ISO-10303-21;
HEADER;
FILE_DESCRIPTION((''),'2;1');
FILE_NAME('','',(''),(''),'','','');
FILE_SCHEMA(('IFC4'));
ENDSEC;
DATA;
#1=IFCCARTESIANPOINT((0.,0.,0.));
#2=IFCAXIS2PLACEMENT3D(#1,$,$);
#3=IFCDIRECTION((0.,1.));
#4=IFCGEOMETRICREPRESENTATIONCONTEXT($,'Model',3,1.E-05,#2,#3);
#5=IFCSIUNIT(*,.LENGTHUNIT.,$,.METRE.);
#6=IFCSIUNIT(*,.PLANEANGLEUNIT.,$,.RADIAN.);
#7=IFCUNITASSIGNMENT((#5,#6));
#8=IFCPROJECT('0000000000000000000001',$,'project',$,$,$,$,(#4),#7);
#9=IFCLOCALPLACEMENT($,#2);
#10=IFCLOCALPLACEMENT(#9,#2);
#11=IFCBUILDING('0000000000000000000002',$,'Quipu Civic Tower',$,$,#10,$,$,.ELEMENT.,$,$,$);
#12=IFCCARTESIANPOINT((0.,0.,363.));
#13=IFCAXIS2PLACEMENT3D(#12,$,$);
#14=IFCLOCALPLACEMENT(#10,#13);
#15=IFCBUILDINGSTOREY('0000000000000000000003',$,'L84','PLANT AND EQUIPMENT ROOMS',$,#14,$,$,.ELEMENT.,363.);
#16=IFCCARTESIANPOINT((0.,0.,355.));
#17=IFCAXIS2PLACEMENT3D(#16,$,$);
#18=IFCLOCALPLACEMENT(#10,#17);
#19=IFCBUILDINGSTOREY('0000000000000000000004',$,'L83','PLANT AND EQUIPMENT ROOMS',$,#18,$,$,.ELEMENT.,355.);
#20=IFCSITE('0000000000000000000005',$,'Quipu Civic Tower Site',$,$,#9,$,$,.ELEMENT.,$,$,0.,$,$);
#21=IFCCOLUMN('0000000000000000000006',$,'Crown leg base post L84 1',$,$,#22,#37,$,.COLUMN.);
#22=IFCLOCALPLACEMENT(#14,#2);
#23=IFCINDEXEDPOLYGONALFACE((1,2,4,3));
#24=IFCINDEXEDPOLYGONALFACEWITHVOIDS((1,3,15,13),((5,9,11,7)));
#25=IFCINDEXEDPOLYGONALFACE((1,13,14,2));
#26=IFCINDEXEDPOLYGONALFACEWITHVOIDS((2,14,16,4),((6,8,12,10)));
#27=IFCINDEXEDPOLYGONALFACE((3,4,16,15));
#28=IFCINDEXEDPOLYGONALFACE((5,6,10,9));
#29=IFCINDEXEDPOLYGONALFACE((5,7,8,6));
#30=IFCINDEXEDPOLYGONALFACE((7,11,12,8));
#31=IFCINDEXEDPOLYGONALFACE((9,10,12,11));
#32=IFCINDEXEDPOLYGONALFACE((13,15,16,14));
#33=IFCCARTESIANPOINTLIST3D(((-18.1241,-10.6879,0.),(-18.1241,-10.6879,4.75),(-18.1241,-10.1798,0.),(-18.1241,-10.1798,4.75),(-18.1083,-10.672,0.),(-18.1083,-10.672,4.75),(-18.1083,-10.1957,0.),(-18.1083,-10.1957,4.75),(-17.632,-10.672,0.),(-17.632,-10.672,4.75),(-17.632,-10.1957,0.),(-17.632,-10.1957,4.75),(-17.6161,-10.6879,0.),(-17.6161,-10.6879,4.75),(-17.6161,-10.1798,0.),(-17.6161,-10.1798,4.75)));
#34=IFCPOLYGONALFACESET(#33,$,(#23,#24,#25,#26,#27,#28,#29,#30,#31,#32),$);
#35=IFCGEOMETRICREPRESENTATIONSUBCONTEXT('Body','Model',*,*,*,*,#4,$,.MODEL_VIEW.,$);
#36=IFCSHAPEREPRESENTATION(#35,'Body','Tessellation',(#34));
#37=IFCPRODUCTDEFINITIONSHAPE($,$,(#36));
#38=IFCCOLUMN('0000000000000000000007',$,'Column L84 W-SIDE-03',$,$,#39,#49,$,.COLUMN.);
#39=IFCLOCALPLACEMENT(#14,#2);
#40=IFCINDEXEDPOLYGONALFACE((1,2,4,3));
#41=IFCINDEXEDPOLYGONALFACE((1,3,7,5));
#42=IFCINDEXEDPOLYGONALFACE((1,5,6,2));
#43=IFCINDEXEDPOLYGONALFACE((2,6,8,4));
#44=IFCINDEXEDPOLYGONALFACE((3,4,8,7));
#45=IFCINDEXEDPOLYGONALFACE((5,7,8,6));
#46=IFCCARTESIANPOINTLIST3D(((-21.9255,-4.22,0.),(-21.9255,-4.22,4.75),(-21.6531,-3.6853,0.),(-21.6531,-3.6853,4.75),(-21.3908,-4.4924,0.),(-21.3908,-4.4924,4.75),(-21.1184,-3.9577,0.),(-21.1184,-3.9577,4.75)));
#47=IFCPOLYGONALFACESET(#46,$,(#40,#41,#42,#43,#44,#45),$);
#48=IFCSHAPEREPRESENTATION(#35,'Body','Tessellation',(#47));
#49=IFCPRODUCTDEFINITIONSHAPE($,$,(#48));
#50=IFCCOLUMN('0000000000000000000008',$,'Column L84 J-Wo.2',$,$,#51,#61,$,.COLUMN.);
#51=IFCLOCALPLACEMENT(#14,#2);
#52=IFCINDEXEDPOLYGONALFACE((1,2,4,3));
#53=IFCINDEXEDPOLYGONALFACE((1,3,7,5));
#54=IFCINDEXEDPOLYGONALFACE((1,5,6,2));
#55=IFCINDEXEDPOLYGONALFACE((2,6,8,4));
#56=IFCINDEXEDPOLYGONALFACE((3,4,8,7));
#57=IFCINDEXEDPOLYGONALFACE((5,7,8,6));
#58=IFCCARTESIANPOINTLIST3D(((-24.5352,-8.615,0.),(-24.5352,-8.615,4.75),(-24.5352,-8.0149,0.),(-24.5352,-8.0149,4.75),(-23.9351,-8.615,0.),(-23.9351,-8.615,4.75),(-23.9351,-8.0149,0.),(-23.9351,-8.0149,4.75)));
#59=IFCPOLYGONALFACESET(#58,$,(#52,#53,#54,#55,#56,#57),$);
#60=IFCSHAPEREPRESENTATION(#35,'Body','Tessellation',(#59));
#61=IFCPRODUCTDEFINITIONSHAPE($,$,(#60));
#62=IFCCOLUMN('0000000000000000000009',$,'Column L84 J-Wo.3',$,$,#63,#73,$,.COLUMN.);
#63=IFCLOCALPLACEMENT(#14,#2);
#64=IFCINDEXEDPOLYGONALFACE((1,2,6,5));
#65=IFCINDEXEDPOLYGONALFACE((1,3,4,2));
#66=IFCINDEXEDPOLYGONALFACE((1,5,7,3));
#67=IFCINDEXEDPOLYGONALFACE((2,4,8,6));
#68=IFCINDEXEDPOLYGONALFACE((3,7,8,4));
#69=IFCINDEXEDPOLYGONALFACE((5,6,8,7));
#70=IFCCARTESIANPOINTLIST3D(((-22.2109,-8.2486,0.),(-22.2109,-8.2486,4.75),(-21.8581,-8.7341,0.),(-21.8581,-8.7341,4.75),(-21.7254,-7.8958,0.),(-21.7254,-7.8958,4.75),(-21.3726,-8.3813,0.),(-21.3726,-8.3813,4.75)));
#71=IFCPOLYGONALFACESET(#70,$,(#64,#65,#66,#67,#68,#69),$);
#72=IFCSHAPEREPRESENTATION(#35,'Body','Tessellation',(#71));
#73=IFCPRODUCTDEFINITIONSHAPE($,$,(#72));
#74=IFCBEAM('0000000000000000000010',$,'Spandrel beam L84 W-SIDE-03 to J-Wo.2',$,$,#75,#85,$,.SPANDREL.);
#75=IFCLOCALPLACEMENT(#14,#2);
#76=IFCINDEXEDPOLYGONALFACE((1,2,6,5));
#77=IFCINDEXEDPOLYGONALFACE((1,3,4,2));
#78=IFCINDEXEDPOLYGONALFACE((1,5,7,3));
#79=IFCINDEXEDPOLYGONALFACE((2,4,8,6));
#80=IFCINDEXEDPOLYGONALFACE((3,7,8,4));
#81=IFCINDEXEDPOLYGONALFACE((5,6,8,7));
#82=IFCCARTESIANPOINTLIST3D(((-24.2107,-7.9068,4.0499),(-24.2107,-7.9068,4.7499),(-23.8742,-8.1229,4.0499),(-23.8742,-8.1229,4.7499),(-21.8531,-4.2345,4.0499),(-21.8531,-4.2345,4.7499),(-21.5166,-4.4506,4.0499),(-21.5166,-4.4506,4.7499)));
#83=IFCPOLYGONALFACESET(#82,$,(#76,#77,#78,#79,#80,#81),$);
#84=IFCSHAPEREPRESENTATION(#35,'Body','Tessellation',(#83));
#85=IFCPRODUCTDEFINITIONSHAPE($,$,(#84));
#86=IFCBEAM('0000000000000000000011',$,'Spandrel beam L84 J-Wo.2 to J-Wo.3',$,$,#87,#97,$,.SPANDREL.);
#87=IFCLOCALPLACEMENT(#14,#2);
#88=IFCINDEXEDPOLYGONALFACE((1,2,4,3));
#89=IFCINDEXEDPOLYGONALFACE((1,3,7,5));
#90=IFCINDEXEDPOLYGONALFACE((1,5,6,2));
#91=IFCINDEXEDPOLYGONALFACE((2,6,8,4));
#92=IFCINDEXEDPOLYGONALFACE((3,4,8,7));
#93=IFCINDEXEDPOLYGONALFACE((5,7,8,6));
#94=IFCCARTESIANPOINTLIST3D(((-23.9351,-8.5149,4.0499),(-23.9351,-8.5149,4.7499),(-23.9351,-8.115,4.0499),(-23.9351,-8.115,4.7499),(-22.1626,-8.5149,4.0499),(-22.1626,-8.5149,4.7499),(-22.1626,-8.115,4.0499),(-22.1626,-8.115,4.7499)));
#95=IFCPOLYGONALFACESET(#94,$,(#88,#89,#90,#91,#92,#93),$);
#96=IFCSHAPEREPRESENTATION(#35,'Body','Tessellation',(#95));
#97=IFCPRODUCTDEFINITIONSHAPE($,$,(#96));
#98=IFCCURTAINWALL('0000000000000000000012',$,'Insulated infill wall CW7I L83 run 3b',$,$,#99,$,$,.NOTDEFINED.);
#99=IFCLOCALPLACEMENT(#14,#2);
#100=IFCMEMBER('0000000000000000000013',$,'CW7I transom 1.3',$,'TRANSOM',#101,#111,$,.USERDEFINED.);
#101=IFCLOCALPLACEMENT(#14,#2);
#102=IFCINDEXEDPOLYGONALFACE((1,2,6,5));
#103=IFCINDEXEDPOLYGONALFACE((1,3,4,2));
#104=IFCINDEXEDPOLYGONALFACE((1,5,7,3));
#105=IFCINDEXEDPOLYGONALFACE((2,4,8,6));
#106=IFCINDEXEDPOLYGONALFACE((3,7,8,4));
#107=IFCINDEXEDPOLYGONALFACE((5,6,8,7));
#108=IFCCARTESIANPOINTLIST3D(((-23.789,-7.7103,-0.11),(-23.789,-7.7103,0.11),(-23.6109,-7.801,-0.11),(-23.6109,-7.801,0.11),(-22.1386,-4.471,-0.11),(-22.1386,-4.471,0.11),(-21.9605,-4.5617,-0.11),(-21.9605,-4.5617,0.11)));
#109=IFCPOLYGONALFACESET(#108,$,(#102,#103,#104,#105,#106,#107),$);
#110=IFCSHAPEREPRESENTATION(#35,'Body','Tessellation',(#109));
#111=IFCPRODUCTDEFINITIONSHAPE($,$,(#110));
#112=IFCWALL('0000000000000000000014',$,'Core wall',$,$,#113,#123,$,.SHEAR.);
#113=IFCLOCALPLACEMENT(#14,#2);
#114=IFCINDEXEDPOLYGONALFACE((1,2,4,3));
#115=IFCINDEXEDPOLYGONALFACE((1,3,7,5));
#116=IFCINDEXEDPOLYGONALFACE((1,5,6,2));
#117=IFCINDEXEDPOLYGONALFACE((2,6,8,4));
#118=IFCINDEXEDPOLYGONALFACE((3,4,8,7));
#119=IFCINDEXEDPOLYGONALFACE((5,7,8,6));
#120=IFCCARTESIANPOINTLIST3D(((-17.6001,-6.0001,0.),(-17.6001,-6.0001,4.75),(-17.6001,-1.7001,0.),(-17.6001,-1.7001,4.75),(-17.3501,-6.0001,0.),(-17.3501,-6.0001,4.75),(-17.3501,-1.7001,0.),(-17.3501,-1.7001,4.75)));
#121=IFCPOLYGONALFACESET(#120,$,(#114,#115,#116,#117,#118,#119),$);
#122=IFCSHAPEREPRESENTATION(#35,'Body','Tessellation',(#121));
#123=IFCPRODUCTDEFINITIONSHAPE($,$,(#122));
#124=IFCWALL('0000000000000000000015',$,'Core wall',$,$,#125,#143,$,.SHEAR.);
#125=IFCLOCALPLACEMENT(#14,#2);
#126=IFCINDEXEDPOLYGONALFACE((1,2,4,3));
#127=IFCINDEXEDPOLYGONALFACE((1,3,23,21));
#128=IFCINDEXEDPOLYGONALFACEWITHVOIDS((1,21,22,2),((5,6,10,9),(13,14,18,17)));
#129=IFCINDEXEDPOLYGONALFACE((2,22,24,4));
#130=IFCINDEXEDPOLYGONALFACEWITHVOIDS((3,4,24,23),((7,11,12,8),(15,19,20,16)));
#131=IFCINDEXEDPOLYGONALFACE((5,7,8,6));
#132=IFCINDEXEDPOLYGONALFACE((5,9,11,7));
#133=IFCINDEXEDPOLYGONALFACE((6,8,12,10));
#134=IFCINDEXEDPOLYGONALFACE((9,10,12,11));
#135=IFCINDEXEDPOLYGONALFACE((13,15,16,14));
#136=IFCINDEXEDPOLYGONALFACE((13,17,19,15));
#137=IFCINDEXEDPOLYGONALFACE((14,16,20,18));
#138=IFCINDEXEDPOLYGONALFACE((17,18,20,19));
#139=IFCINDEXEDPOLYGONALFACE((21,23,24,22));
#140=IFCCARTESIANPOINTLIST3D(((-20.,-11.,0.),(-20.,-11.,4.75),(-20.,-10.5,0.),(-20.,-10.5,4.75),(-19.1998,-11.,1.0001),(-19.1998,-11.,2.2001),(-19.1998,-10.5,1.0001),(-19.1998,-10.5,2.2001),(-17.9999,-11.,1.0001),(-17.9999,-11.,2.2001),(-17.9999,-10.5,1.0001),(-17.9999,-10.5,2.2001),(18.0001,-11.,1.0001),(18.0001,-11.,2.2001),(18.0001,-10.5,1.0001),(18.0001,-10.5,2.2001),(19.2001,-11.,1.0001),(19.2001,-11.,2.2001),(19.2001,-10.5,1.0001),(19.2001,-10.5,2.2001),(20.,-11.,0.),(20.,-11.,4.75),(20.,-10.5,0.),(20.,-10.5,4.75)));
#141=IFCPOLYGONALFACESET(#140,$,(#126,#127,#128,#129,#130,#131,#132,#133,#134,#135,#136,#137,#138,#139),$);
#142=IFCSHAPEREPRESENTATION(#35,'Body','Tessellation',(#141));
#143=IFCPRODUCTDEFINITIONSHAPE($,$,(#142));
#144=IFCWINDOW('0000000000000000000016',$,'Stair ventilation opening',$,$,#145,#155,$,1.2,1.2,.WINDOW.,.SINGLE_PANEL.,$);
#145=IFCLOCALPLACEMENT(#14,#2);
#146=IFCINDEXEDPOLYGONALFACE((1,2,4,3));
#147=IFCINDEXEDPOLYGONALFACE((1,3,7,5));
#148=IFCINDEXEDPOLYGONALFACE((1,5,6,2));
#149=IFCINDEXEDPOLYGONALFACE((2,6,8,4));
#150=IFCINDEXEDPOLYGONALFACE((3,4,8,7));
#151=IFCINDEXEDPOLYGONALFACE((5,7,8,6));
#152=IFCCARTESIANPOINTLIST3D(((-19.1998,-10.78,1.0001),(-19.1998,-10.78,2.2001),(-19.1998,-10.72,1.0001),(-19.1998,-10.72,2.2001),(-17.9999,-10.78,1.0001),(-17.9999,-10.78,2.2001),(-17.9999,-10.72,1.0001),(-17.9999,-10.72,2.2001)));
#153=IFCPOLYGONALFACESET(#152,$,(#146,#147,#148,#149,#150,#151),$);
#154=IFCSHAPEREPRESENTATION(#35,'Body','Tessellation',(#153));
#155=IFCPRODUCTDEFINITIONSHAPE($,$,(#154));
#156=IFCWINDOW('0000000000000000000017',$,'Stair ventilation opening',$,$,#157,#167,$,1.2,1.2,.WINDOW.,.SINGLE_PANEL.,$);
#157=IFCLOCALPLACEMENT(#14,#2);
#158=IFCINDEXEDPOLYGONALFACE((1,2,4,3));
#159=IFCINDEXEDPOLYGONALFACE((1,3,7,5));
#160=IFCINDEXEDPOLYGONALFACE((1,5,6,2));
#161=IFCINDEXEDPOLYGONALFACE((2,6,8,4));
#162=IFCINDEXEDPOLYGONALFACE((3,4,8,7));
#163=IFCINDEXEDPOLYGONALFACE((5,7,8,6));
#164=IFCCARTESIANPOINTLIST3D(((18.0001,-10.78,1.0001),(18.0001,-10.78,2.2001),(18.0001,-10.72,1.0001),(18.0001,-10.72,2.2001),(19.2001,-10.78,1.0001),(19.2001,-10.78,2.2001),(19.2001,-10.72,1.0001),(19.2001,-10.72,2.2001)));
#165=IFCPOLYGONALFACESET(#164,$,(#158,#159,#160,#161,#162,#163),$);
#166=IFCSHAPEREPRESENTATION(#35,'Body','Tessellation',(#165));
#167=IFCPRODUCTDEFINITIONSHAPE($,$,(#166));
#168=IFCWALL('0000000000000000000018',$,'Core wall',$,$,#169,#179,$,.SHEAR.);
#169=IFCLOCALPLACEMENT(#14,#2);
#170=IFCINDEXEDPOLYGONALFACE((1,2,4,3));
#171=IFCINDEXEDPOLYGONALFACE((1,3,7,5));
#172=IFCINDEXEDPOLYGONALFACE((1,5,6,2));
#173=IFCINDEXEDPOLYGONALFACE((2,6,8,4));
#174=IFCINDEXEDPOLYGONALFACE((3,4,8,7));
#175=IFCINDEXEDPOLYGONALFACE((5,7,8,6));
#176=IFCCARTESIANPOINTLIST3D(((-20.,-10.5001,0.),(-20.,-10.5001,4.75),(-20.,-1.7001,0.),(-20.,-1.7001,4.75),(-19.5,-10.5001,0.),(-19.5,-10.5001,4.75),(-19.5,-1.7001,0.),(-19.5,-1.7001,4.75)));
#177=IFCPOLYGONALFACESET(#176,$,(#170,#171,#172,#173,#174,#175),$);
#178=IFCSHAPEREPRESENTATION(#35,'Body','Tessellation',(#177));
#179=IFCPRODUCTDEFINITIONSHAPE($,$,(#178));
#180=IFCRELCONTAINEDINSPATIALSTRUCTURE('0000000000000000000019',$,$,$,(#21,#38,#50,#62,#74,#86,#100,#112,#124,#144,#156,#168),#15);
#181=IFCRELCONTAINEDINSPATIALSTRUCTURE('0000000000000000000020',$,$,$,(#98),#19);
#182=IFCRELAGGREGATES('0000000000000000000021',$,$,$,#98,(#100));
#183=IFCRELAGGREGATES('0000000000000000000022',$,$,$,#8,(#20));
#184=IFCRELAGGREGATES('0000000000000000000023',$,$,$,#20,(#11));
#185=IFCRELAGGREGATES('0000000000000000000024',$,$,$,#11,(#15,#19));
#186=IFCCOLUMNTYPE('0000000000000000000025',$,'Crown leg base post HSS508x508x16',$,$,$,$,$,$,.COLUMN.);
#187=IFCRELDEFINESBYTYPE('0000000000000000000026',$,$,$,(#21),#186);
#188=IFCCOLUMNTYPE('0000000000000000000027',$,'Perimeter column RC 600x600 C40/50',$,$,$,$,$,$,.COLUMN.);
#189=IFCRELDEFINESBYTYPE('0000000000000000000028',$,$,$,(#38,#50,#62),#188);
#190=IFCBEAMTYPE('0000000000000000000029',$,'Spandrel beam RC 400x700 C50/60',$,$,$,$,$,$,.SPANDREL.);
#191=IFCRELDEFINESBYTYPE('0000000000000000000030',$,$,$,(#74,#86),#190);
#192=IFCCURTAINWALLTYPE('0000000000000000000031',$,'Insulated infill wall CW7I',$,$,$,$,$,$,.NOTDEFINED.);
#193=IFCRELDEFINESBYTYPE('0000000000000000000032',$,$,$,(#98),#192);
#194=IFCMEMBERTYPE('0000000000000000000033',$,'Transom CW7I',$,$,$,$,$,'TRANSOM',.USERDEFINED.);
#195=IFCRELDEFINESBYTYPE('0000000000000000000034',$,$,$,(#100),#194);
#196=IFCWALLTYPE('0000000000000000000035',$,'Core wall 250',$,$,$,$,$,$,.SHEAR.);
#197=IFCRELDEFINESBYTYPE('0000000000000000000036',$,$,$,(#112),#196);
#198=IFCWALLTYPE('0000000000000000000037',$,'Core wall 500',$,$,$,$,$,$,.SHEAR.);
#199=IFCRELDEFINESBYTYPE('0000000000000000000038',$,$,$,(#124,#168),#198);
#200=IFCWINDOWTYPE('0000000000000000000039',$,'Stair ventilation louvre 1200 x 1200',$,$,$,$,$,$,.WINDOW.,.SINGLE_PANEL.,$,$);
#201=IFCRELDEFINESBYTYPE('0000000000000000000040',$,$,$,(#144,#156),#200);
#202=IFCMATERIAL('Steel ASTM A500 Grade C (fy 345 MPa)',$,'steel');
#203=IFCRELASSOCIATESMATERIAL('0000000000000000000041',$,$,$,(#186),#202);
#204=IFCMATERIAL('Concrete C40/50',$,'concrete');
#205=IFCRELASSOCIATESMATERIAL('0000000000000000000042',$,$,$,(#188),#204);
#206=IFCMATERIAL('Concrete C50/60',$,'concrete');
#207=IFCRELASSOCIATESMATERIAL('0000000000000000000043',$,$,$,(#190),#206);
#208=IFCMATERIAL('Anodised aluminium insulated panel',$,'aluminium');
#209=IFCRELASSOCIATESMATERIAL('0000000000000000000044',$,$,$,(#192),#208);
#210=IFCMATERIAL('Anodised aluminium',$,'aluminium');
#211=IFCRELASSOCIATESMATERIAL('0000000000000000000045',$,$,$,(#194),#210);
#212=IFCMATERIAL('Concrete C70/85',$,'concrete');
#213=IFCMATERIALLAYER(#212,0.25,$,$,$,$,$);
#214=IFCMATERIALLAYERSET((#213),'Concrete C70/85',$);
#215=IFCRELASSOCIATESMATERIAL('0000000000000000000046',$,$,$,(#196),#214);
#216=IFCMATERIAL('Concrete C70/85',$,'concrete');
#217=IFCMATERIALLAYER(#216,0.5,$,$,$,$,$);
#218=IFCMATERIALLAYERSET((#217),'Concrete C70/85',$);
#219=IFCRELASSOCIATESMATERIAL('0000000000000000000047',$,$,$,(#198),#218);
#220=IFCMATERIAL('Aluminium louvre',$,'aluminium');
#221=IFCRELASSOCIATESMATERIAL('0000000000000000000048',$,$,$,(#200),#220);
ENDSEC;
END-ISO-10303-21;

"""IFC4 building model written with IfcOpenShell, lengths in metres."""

from ifc_helpers import new_model, si_unit, direction, frame, frame_2d, origin, origin_2d, place, context, subcontext, project, spatial, rectangle, hollow_rectangle, extrude, material, layer, layer_set, material_profile, profile_set, type_object, element, fill, aggregate, save


model = new_model("IFC4")

# Units and contexts
model_context = context("Model", 3, precision=1e-05, world=origin(), true_north=direction((0.0, 1.0)))
body_context = subcontext(model_context, "Body", "Model", "MODEL_VIEW")
ifc_project = project(units=[si_unit("LENGTHUNIT", "METRE"), si_unit("PLANEANGLEUNIT", "RADIAN")], contexts=[model_context])

# Site, building, storey
site_placement = place(None, origin())
site = spatial("IfcSite", under=ifc_project, at=site_placement, Name="Quipu Civic Tower Site", CompositionType="ELEMENT", RefElevation=0.0)
building_placement = place(site_placement, origin())
building = spatial("IfcBuilding", under=site, at=building_placement, Name="Quipu Civic Tower", CompositionType="ELEMENT")
storey_1_placement = place(building_placement, frame((0.0, 0.0, 363.0)))
storey_1 = spatial("IfcBuildingStorey", under=building, at=storey_1_placement, Name="L84", Description="PLANT AND EQUIPMENT ROOMS", CompositionType="ELEMENT", Elevation=363.0)

# Columns
ifc_material_1 = material(Name="Steel ASTM A500 Grade C (fy 345 MPa)", Category="steel")
ifc_material_profile_1 = material_profile(ifc_material_1, hollow_rectangle(XDim=0.5081, YDim=0.5081, WallThickness=0.0159, at=origin_2d()), Name="HSS508x508x16")
ifc_profile_set_1 = profile_set([ifc_material_profile_1], Name="Steel ASTM A500 Grade C (fy 345 MPa)")
column_type_1 = type_object("IfcColumnType", Name="Crown leg base post HSS508x508x16", PredefinedType="COLUMN", material=ifc_profile_set_1)
column_placement = place(storey_1_placement, frame((-17.8701, -10.4338, 0.0), z_axis=(0.0, 0.0, 1.0), x_axis=(1.0, 0.0, 0.0)))
element("IfcColumn", 1, at=column_placement, inside=storey_1, type_object=column_type_1, Name="Crown leg base post L84 1", PredefinedType="COLUMN", context=body_context, shape_type="SweptSolid", body=[
    extrude(hollow_rectangle(XDim=0.5081, YDim=0.5081, WallThickness=0.0159, at=origin_2d()), origin(), (0.0, 0.0, 1.0), 4.75),
])
ifc_material_2 = material(Name="Concrete C40/50", Category="concrete")
ifc_material_profile_2 = material_profile(ifc_material_2, rectangle(XDim=0.6001, YDim=0.6001, at=origin_2d()), Name="RC600x600")
ifc_profile_set_2 = profile_set([ifc_material_profile_2], Name="Concrete C40/50")
column_type_2 = type_object("IfcColumnType", Name="Perimeter column RC 600x600 C40/50", PredefinedType="COLUMN", material=ifc_profile_set_2)
for number, where, z_axis, x_axis, name in (
    (2, (-21.522, -4.0889, 0.0), (0.0, 0.0, 1.0), (-0.45399, -0.891007, 0.0), "Column L84 W-SIDE-03"),
    (3, (-24.2351, -8.3149, 0.0), (0.0, 0.0, 1.0), (1.0, 0.0, 0.0), "Column L84 J-Wo.2"),
    (4, (-21.7917, -8.3149, 0.0), (0.0, 0.0, 1.0), (0.587785, -0.809017, 0.0), "Column L84 J-Wo.3"),
):
    element("IfcColumn", number, at=place(storey_1_placement, frame(where, z_axis=z_axis, x_axis=x_axis)), inside=storey_1, type_object=column_type_2, Name=name, PredefinedType="COLUMN", context=body_context, shape_type="SweptSolid", body=[
        extrude(rectangle(XDim=0.6001, YDim=0.6001, at=origin_2d()), origin(), (0.0, 0.0, 1.0), 4.75),
    ])

# Beams
ifc_material_3 = material(Name="Concrete C50/60", Category="concrete")
ifc_material_profile_3 = material_profile(ifc_material_3, rectangle(XDim=0.3999, YDim=0.7, at=origin_2d()), Name="RC400x700")
ifc_profile_set_3 = profile_set([ifc_material_profile_3], Name="Concrete C50/60")
beam_type = type_object("IfcBeamType", Name="Spandrel beam RC 400x700 C50/60", PredefinedType="SPANDREL", material=ifc_profile_set_3)
beam_1_placement = place(storey_1_placement, frame((-21.6848, -4.3425, 4.3999), z_axis=(-0.540249, -0.841506, 0.0), x_axis=(0.841506, -0.540249, 0.0)))
element("IfcBeam", 5, at=beam_1_placement, inside=storey_1, type_object=beam_type, Name="Spandrel beam L84 W-SIDE-03 to J-Wo.2", PredefinedType="SPANDREL", context=body_context, shape_type="SweptSolid", body=[
    extrude(rectangle(XDim=0.3999, YDim=0.7, at=origin_2d()), origin(), (0.0, 0.0, 1.0), 4.364),
])
beam_2_placement = place(storey_1_placement, frame((-23.9351, -8.3149, 4.3999), z_axis=(1.0, 0.0, 0.0), x_axis=(0.0, 1.0, 0.0)))
element("IfcBeam", 6, at=beam_2_placement, inside=storey_1, type_object=beam_type, Name="Spandrel beam L84 J-Wo.2 to J-Wo.3", PredefinedType="SPANDREL", context=body_context, shape_type="SweptSolid", body=[
    extrude(rectangle(XDim=0.3999, YDim=0.7, at=origin_2d()), origin(), (0.0, 0.0, 1.0), 1.7725),
])

# Shared definitions
storey_2_placement = place(building_placement, frame((0.0, 0.0, 355.0)))
storey_2 = spatial("IfcBuildingStorey", under=building, at=storey_2_placement, Name="L83", Description="PLANT AND EQUIPMENT ROOMS", CompositionType="ELEMENT", Elevation=355.0)

# Curtain wall, member
ifc_material_4 = material(Name="Anodised aluminium insulated panel", Category="aluminium")
curtain_wall_type = type_object("IfcCurtainWallType", Name="Insulated infill wall CW7I", PredefinedType="NOTDEFINED", material=ifc_material_4)
curtain_wall_placement = place(storey_2_placement, origin())
curtain_wall = element("IfcCurtainWall", 7, at=curtain_wall_placement, inside=storey_2, type_object=curtain_wall_type, Name="Insulated infill wall CW7I L83 run 3b", PredefinedType="NOTDEFINED")
ifc_material_5 = material(Name="Anodised aluminium", Category="aluminium")
ifc_material_profile_4 = material_profile(ifc_material_5, rectangle(XDim=0.2, YDim=0.22, at=origin_2d()), Name="RECT 200x220")
ifc_profile_set_4 = profile_set([ifc_material_profile_4], Name="Anodised aluminium")
member_type = type_object("IfcMemberType", Name="Transom CW7I", ElementType="TRANSOM", PredefinedType="USERDEFINED", material=ifc_profile_set_4)
member_placement = place(storey_1_placement, frame((-22.0496, -4.5164, 0.0), z_axis=(-0.45397, -0.891017, 0.0), x_axis=(0.891017, -0.45397, 0.0)))
member = element("IfcMember", 8, at=member_placement, inside=storey_1, type_object=member_type, Name="CW7I transom 1.3", ObjectType="TRANSOM", PredefinedType="USERDEFINED", context=body_context, shape_type="SweptSolid", body=[
    extrude(rectangle(XDim=0.2, YDim=0.22, at=origin_2d()), origin(), (0.0, 0.0, 1.0), 3.6355),
])
aggregate(curtain_wall, [member])

# Wall
ifc_material_6 = material(Name="Concrete C70/85", Category="concrete")
ifc_layer_1 = layer(ifc_material_6, 0.25)
ifc_layer_set_1 = layer_set([ifc_layer_1], Name="Concrete C70/85")
wall_type_1 = type_object("IfcWallType", Name="Core wall 250", PredefinedType="SHEAR", material=ifc_layer_set_1)
wall_1_placement = place(storey_1_placement, frame((-17.4751, -6.0, 0.0), z_axis=(0.0, 0.0, 1.0), x_axis=(0.0, 1.0, 0.0)))
element("IfcWall", 9, at=wall_1_placement, inside=storey_1, type_object=wall_type_1, Name="Core wall", PredefinedType="SHEAR", context=body_context, shape_type="SweptSolid", body=[
    extrude(rectangle(XDim=4.3, YDim=0.25, at=frame_2d((2.1499, 0.0))), origin(), (0.0, 0.0, 1.0), 4.75),
])

# Wall, openings, windows
ifc_material_7 = material(Name="Concrete C70/85", Category="concrete")
ifc_layer_2 = layer(ifc_material_7, 0.5)
ifc_layer_set_2 = layer_set([ifc_layer_2], Name="Concrete C70/85")
wall_type_2 = type_object("IfcWallType", Name="Core wall 500", PredefinedType="SHEAR", material=ifc_layer_set_2)
wall_2_placement = place(storey_1_placement, frame((-20.0, -10.75, 0.0), z_axis=(0.0, 0.0, 1.0), x_axis=(1.0, 0.0, 0.0)))
wall_2 = element("IfcWall", 10, at=wall_2_placement, inside=storey_1, type_object=wall_type_2, Name="Core wall", PredefinedType="SHEAR", context=body_context, shape_type="SweptSolid", body=[
    extrude(rectangle(XDim=40.0, YDim=0.5, at=frame_2d((20.0, 0.0))), origin(), (0.0, 0.0, 1.0), 4.75),
])
opening_1_placement = place(wall_2_placement, frame((0.8, 0.0, 1.0)))
opening_1 = element("IfcOpeningElement", 11, at=opening_1_placement, cuts=wall_2, PredefinedType="OPENING", context=body_context, shape_type="SweptSolid", body=[
    extrude(rectangle(XDim=1.2, YDim=1.2, at=frame_2d((0.6001, 0.6001))), frame((0.0, 0.26, 0.0), z_axis=(0.0, -1.0, 0.0), x_axis=(1.0, 0.0, 0.0)), (0.0, 0.0, 1.0), 0.52),
])
opening_2_placement = place(wall_2_placement, frame((38.0, 0.0, 1.0)))
opening_2 = element("IfcOpeningElement", 12, at=opening_2_placement, cuts=wall_2, PredefinedType="OPENING", context=body_context, shape_type="SweptSolid", body=[
    extrude(rectangle(XDim=1.2, YDim=1.2, at=frame_2d((0.6001, 0.6001))), frame((0.0, 0.26, 0.0), z_axis=(0.0, -1.0, 0.0), x_axis=(1.0, 0.0, 0.0)), (0.0, 0.0, 1.0), 0.52),
])
ifc_material_8 = material(Name="Aluminium louvre", Category="aluminium")
window_type = type_object("IfcWindowType", Name="Stair ventilation louvre 1200 x 1200", PartitioningType="SINGLE_PANEL", PredefinedType="WINDOW", material=ifc_material_8)
window_1_placement = place(opening_1_placement, origin())
window_1 = element("IfcWindow", 13, at=window_1_placement, inside=storey_1, type_object=window_type, Name="Stair ventilation opening", OverallHeight=1.2, OverallWidth=1.2, PartitioningType="SINGLE_PANEL", PredefinedType="WINDOW", context=body_context, shape_type="SweptSolid", body=[
    extrude(rectangle(XDim=1.2, YDim=1.2, at=frame_2d((0.6001, 0.6001))), frame((0.0, 0.03, 0.0), z_axis=(0.0, -1.0, 0.0), x_axis=(1.0, 0.0, 0.0)), (0.0, 0.0, 1.0), 0.0601),
])
fill(opening_1, window_1)
window_2_placement = place(opening_2_placement, origin())
window_2 = element("IfcWindow", 14, at=window_2_placement, inside=storey_1, type_object=window_type, Name="Stair ventilation opening", OverallHeight=1.2, OverallWidth=1.2, PartitioningType="SINGLE_PANEL", PredefinedType="WINDOW", context=body_context, shape_type="SweptSolid", body=[
    extrude(rectangle(XDim=1.2, YDim=1.2, at=frame_2d((0.6001, 0.6001))), frame((0.0, 0.03, 0.0), z_axis=(0.0, -1.0, 0.0), x_axis=(1.0, 0.0, 0.0)), (0.0, 0.0, 1.0), 0.0601),
])
fill(opening_2, window_2)

# Wall
wall_3_placement = place(storey_1_placement, frame((-19.75, -10.5, 0.0), z_axis=(0.0, 0.0, 1.0), x_axis=(0.0, 1.0, 0.0)))
element("IfcWall", 15, at=wall_3_placement, inside=storey_1, type_object=wall_type_2, Name="Core wall", PredefinedType="SHEAR", context=body_context, shape_type="SweptSolid", body=[
    extrude(rectangle(XDim=8.8, YDim=0.5, at=frame_2d((4.3999, 0.0))), origin(), (0.0, 0.0, 1.0), 4.75),
])

save(model, "model.ifc")
